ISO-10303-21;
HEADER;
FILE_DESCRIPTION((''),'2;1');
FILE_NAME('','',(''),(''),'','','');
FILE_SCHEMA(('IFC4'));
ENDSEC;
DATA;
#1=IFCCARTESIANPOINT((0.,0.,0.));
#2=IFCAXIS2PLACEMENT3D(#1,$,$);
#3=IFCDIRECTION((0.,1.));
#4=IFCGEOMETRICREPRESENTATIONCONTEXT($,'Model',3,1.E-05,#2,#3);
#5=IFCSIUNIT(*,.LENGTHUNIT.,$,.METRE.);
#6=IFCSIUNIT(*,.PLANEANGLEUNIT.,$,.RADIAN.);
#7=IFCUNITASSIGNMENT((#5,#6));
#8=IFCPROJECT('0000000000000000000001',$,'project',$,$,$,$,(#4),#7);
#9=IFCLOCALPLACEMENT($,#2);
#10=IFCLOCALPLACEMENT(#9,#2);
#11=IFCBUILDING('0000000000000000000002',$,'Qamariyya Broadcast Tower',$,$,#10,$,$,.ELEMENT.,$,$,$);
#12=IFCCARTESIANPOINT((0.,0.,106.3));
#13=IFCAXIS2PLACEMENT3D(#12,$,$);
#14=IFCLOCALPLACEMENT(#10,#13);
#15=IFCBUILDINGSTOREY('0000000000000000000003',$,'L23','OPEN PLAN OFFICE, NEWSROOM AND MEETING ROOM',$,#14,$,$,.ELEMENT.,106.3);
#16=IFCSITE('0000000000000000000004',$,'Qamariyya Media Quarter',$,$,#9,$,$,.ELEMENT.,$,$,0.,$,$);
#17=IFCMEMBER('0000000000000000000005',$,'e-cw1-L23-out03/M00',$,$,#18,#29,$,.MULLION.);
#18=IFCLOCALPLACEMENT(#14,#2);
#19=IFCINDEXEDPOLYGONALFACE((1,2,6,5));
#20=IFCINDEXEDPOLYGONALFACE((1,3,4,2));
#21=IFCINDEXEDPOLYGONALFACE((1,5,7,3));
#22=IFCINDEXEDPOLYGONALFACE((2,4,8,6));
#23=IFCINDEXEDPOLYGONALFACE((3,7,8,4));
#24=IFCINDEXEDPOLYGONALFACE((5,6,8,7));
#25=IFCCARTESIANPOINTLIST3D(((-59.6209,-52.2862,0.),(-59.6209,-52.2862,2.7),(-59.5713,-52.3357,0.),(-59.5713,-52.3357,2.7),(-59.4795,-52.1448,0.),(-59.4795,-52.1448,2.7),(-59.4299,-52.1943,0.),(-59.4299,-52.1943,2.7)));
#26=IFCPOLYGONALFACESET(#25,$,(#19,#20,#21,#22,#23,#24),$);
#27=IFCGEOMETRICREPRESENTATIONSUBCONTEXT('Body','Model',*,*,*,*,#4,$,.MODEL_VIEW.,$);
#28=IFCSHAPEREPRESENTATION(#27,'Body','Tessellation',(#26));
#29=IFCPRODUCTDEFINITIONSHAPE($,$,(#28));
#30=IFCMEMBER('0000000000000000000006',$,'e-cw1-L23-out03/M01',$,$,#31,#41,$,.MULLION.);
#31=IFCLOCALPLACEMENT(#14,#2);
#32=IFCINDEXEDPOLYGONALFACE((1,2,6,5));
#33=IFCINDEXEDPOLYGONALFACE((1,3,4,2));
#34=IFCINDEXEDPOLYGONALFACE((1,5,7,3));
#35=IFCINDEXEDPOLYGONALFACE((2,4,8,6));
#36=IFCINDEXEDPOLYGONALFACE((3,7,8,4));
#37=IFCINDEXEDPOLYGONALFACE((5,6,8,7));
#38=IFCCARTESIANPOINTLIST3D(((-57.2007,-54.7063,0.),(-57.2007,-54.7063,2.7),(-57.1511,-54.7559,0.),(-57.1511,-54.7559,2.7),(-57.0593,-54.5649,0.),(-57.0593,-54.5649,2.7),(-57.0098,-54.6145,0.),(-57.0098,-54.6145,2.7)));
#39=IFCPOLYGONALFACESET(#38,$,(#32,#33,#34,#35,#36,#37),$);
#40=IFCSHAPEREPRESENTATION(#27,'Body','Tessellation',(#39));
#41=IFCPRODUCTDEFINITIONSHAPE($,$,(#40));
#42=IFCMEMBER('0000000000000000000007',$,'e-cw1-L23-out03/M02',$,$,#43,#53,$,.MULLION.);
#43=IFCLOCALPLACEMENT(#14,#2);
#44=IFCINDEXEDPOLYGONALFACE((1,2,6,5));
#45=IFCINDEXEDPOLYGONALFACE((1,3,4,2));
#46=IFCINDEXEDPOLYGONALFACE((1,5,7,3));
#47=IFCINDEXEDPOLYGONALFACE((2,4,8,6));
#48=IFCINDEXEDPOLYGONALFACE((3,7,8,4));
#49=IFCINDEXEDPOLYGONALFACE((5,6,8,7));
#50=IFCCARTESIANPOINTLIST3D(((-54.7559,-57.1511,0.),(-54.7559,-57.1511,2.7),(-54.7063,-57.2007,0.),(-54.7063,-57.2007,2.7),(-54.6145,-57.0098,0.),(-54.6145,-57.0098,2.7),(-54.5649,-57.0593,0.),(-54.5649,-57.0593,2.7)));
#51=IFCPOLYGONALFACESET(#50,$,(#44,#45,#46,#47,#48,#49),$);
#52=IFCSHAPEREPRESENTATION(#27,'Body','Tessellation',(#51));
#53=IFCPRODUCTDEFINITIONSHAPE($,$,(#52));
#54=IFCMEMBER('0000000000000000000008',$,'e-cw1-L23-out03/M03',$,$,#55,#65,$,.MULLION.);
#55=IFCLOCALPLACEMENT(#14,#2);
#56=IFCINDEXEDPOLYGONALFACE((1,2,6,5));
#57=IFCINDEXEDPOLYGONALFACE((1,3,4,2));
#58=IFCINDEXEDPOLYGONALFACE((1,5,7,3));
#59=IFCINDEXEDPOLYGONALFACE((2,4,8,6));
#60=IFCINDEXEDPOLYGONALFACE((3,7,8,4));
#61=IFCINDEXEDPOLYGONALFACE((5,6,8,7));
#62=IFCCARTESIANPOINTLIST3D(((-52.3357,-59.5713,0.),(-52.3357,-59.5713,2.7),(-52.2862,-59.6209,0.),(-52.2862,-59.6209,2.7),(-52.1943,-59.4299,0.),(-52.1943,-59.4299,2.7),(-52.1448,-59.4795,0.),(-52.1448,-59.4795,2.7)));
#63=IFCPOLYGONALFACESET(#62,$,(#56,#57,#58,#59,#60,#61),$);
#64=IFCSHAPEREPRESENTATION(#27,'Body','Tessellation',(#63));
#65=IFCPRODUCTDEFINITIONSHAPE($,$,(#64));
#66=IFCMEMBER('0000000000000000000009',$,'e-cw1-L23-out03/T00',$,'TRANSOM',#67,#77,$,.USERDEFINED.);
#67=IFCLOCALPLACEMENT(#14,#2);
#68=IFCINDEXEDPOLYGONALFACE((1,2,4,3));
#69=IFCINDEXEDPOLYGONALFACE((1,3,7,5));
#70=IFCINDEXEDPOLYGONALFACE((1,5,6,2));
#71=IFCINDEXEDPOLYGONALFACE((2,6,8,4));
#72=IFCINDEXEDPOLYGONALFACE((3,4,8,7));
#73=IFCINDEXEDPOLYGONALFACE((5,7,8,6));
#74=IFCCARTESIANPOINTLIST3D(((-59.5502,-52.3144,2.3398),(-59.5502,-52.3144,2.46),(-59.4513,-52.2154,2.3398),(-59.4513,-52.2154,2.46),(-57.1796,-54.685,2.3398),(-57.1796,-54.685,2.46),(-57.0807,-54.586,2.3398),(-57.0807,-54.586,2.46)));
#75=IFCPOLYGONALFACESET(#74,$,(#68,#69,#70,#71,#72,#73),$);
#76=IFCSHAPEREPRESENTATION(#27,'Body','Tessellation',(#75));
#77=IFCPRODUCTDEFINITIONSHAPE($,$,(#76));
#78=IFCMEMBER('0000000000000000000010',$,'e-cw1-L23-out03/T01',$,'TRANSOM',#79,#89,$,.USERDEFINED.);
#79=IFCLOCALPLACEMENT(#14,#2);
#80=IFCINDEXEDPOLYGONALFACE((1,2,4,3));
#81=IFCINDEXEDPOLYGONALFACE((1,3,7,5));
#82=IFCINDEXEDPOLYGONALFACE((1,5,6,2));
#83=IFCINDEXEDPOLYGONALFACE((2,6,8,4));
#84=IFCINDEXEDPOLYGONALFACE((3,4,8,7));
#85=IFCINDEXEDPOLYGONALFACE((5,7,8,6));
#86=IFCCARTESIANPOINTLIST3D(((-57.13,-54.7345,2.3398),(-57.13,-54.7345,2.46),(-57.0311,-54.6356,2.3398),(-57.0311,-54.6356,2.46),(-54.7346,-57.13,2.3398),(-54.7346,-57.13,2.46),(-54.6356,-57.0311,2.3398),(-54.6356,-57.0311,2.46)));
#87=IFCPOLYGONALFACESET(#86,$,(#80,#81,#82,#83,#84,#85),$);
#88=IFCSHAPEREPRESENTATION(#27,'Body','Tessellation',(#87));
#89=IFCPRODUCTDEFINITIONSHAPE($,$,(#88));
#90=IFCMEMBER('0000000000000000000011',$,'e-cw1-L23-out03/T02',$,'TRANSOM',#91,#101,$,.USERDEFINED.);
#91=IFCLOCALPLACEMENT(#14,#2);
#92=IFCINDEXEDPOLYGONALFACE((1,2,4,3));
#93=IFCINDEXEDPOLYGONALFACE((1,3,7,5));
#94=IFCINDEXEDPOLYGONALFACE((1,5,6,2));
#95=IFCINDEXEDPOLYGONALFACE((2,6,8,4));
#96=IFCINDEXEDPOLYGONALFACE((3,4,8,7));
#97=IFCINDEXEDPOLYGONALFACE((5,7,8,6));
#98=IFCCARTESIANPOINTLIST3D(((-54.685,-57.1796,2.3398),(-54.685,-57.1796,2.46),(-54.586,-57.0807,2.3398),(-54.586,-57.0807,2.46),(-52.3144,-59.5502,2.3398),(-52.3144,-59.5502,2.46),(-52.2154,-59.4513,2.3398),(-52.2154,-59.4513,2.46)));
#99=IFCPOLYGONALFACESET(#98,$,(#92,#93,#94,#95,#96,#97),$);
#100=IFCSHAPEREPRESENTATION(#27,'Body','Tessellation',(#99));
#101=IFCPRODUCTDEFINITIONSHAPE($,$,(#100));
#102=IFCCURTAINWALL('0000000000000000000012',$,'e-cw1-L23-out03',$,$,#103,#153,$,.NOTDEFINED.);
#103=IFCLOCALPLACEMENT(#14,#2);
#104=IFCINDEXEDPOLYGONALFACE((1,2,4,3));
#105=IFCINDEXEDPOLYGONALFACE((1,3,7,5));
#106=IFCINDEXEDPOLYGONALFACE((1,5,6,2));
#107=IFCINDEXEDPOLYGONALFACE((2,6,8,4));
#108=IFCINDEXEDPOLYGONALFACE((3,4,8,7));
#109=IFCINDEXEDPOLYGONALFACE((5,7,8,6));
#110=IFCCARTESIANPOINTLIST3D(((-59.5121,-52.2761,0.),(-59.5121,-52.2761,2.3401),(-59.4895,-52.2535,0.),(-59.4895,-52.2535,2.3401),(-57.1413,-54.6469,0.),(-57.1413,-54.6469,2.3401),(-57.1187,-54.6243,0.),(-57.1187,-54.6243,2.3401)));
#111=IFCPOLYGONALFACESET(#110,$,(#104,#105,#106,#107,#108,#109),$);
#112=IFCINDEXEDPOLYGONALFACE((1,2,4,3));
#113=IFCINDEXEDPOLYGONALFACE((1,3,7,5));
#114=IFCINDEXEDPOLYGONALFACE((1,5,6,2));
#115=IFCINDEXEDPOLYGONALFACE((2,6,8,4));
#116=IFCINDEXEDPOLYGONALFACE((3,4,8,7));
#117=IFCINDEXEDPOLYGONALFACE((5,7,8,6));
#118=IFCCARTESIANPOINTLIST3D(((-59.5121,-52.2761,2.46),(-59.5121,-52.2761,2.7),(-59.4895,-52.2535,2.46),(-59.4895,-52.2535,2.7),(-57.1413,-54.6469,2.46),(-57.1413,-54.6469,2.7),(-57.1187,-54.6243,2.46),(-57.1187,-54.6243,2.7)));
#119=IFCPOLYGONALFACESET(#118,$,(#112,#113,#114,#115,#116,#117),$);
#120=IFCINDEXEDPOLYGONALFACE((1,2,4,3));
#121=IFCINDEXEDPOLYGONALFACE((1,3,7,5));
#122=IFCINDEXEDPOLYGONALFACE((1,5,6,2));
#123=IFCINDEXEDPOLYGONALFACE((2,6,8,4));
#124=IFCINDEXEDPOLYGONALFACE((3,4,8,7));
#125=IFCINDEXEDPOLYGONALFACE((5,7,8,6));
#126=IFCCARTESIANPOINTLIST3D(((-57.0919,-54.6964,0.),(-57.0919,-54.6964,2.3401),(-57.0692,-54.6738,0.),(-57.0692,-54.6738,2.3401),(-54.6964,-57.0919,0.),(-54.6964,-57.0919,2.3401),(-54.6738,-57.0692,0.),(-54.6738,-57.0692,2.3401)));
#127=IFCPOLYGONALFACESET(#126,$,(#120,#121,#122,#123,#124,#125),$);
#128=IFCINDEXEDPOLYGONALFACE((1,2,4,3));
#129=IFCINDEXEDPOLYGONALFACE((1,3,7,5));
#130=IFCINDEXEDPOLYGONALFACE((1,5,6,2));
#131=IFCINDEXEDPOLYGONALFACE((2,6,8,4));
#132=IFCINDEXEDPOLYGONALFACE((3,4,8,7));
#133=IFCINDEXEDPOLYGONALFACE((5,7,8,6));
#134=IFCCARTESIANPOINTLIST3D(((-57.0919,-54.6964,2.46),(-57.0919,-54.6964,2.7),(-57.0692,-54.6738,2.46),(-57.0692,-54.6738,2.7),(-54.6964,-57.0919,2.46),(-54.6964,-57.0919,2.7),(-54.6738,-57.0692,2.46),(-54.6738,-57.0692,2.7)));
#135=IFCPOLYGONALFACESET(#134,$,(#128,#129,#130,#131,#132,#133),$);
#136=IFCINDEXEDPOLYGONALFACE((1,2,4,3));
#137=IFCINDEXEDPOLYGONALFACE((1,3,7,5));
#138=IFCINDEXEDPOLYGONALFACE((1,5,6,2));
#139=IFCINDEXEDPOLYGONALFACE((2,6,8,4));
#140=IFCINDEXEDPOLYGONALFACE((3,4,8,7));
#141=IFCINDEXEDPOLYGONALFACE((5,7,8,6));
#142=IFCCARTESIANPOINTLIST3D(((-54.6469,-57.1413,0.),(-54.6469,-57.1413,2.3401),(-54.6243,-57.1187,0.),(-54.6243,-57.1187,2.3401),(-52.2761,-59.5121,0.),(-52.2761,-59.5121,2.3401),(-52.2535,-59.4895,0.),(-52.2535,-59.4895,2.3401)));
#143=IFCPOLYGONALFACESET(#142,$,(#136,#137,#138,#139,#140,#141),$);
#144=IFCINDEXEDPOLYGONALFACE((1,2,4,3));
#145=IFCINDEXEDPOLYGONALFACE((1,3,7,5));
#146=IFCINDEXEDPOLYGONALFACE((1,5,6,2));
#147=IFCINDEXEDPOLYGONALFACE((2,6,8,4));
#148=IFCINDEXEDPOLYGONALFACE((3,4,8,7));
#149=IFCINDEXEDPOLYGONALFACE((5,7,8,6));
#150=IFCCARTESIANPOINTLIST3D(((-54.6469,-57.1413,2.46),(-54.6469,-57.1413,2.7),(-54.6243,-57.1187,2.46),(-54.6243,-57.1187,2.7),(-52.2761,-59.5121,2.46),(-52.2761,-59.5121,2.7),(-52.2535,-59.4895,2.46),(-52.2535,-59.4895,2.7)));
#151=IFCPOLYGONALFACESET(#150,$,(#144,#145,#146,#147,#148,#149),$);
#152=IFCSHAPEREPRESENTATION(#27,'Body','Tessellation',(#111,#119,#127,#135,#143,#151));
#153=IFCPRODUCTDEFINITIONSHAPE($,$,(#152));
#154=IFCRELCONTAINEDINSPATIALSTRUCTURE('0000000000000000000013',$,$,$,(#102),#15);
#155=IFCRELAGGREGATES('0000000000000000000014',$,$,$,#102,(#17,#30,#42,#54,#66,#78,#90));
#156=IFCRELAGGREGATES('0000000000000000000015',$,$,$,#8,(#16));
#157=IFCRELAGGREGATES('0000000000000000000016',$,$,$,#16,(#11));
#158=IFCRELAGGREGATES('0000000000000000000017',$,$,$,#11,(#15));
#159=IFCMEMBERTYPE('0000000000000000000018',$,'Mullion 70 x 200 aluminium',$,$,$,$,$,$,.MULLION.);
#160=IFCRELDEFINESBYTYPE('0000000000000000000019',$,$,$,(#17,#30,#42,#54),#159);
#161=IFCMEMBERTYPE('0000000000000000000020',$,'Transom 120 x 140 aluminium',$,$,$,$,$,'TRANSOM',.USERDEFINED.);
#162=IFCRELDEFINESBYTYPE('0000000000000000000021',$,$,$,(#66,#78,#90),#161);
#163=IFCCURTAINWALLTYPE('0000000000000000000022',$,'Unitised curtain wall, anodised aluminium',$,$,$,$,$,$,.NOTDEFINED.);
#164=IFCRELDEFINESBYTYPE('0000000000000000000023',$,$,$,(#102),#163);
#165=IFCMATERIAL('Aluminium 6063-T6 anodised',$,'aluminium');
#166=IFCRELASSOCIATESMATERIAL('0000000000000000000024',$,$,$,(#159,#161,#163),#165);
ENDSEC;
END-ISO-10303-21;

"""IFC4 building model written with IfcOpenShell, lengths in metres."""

from ifc_helpers import new_model, si_unit, direction, frame, origin, origin_2d, place, context, subcontext, project, spatial, rectangle, extrude, material, material_profile, profile_set, type_object, element, aggregate, save


model = new_model("IFC4")

# Units and contexts
model_context = context("Model", 3, precision=1e-05, world=origin(), true_north=direction((0.0, 1.0)))
body_context = subcontext(model_context, "Body", "Model", "MODEL_VIEW")
ifc_project = project(units=[si_unit("LENGTHUNIT", "METRE"), si_unit("PLANEANGLEUNIT", "RADIAN")], contexts=[model_context])

# Members
ifc_material = material(Name="Aluminium 6063-T6 anodised", Category="aluminium")
ifc_material_profile_1 = material_profile(ifc_material, rectangle(XDim=0.2, YDim=0.0701, at=origin_2d()))
ifc_profile_set_1 = profile_set([ifc_material_profile_1], Name="Aluminium 6063-T6 anodised")
member_type_1 = type_object("IfcMemberType", Name="Mullion 70 x 200 aluminium", PredefinedType="MULLION", material=ifc_profile_set_1)
site_placement = place(None, origin())
building_placement = place(site_placement, origin())
storey_placement = place(building_placement, frame((0.0, 0.0, 106.3)))
member_1_placement = place(storey_placement, frame((-59.5254, -52.2402, 0.0), z_axis=(0.0, 0.0, 1.0), x_axis=(0.707107, 0.707107, 0.0)))
member_1 = element("IfcMember", 1, at=member_1_placement, type_object=member_type_1, Name="e-cw1-L23-out03/M00", PredefinedType="MULLION", context=body_context, shape_type="SweptSolid", body=[
    extrude(rectangle(XDim=0.2, YDim=0.0701, at=origin_2d()), origin(), (0.0, 0.0, 1.0), 2.7),
])
member_2_placement = place(storey_placement, frame((-57.1052, -54.6604, 0.0), z_axis=(0.0, 0.0, 1.0), x_axis=(0.707107, 0.707107, 0.0)))
member_2 = element("IfcMember", 2, at=member_2_placement, type_object=member_type_1, Name="e-cw1-L23-out03/M01", PredefinedType="MULLION", context=body_context, shape_type="SweptSolid", body=[
    extrude(rectangle(XDim=0.2, YDim=0.0701, at=origin_2d()), origin(), (0.0, 0.0, 1.0), 2.7),
])
member_3_placement = place(storey_placement, frame((-54.6604, -57.1052, 0.0), z_axis=(0.0, 0.0, 1.0), x_axis=(0.707107, 0.707107, 0.0)))
member_3 = element("IfcMember", 3, at=member_3_placement, type_object=member_type_1, Name="e-cw1-L23-out03/M02", PredefinedType="MULLION", context=body_context, shape_type="SweptSolid", body=[
    extrude(rectangle(XDim=0.2, YDim=0.0701, at=origin_2d()), origin(), (0.0, 0.0, 1.0), 2.7),
])
member_4_placement = place(storey_placement, frame((-52.2402, -59.5254, 0.0), z_axis=(0.0, 0.0, 1.0), x_axis=(0.707107, 0.707107, 0.0)))
member_4 = element("IfcMember", 4, at=member_4_placement, type_object=member_type_1, Name="e-cw1-L23-out03/M03", PredefinedType="MULLION", context=body_context, shape_type="SweptSolid", body=[
    extrude(rectangle(XDim=0.2, YDim=0.0701, at=origin_2d()), origin(), (0.0, 0.0, 1.0), 2.7),
])
ifc_material_profile_2 = material_profile(ifc_material, rectangle(XDim=0.1399, YDim=0.1201, at=origin_2d()))
ifc_profile_set_2 = profile_set([ifc_material_profile_2], Name="Aluminium 6063-T6 anodised")
member_type_2 = type_object("IfcMemberType", Name="Transom 120 x 140 aluminium", ElementType="TRANSOM", PredefinedType="USERDEFINED", material=ifc_profile_set_2)
member_5_placement = place(storey_placement, frame((-59.5007, -52.2649, 2.3999), z_axis=(0.707107, -0.707107, 0.0), x_axis=(0.707107, 0.707107, 0.0)))
member_5 = element("IfcMember", 5, at=member_5_placement, type_object=member_type_2, Name="e-cw1-L23-out03/T00", ObjectType="TRANSOM", PredefinedType="USERDEFINED", context=body_context, shape_type="SweptSolid", body=[
    extrude(rectangle(XDim=0.1399, YDim=0.1201, at=origin_2d()), origin(), (0.0, 0.0, 1.0), 3.3525),
])
member_6_placement = place(storey_placement, frame((-57.0806, -54.6851, 2.3999), z_axis=(0.707107, -0.707107, 0.0), x_axis=(0.707107, 0.707107, 0.0)))
member_6 = element("IfcMember", 6, at=member_6_placement, type_object=member_type_2, Name="e-cw1-L23-out03/T01", ObjectType="TRANSOM", PredefinedType="USERDEFINED", context=body_context, shape_type="SweptSolid", body=[
    extrude(rectangle(XDim=0.1399, YDim=0.1201, at=origin_2d()), origin(), (0.0, 0.0, 1.0), 3.3877),
])
member_7_placement = place(storey_placement, frame((-54.6355, -57.1301, 2.3999), z_axis=(0.707107, -0.707107, 0.0), x_axis=(0.707107, 0.707107, 0.0)))
member_7 = element("IfcMember", 7, at=member_7_placement, type_object=member_type_2, Name="e-cw1-L23-out03/T02", ObjectType="TRANSOM", PredefinedType="USERDEFINED", context=body_context, shape_type="SweptSolid", body=[
    extrude(rectangle(XDim=0.1399, YDim=0.1201, at=origin_2d()), origin(), (0.0, 0.0, 1.0), 3.3525),
])

# Site, building, storey
site = spatial("IfcSite", under=ifc_project, at=site_placement, Name="Qamariyya Media Quarter", CompositionType="ELEMENT", RefElevation=0.0)
building = spatial("IfcBuilding", under=site, at=building_placement, Name="Qamariyya Broadcast Tower", CompositionType="ELEMENT")
storey = spatial("IfcBuildingStorey", under=building, at=storey_placement, Name="L23", Description="OPEN PLAN OFFICE, NEWSROOM AND MEETING ROOM", CompositionType="ELEMENT", Elevation=106.3)

# Curtain wall
curtain_wall_type = type_object("IfcCurtainWallType", Name="Unitised curtain wall, anodised aluminium", PredefinedType="NOTDEFINED", material=ifc_material)
curtain_wall_1_placement = place(storey_placement, origin())
curtain_wall_1 = element("IfcCurtainWall", 8, at=curtain_wall_1_placement, inside=storey, type_object=curtain_wall_type, Name="e-cw1-L23-out03", PredefinedType="NOTDEFINED", context=body_context, shape_type="SweptSolid", body=[
    extrude(rectangle(XDim=3.3528, YDim=0.032, at=origin_2d()), frame((-58.3154, -53.4502, 0.0), x_axis=(0.707107, -0.707107, 0.0)), (0.0, 0.0, 1.0), 2.3401),
    extrude(rectangle(XDim=3.3528, YDim=0.032, at=origin_2d()), frame((-58.3154, -53.4502, 2.46), x_axis=(0.707107, -0.707107, 0.0)), (0.0, 0.0, 1.0), 0.24),
    extrude(rectangle(XDim=3.3877, YDim=0.032, at=origin_2d()), frame((-55.8828, -55.8828, 0.0), x_axis=(0.707107, -0.707107, 0.0)), (0.0, 0.0, 1.0), 2.3401),
    extrude(rectangle(XDim=3.3877, YDim=0.032, at=origin_2d()), frame((-55.8828, -55.8828, 2.46), x_axis=(0.707107, -0.707107, 0.0)), (0.0, 0.0, 1.0), 0.24),
    extrude(rectangle(XDim=3.3528, YDim=0.032, at=origin_2d()), frame((-53.4502, -58.3154, 0.0), x_axis=(0.707107, -0.707107, 0.0)), (0.0, 0.0, 1.0), 2.3401),
    extrude(rectangle(XDim=3.3528, YDim=0.032, at=origin_2d()), frame((-53.4502, -58.3154, 2.46), x_axis=(0.707107, -0.707107, 0.0)), (0.0, 0.0, 1.0), 0.24),
])
aggregate(curtain_wall_1, [member_1, member_2, member_3, member_4, member_5, member_6, member_7])

save(model, "model.ifc")
